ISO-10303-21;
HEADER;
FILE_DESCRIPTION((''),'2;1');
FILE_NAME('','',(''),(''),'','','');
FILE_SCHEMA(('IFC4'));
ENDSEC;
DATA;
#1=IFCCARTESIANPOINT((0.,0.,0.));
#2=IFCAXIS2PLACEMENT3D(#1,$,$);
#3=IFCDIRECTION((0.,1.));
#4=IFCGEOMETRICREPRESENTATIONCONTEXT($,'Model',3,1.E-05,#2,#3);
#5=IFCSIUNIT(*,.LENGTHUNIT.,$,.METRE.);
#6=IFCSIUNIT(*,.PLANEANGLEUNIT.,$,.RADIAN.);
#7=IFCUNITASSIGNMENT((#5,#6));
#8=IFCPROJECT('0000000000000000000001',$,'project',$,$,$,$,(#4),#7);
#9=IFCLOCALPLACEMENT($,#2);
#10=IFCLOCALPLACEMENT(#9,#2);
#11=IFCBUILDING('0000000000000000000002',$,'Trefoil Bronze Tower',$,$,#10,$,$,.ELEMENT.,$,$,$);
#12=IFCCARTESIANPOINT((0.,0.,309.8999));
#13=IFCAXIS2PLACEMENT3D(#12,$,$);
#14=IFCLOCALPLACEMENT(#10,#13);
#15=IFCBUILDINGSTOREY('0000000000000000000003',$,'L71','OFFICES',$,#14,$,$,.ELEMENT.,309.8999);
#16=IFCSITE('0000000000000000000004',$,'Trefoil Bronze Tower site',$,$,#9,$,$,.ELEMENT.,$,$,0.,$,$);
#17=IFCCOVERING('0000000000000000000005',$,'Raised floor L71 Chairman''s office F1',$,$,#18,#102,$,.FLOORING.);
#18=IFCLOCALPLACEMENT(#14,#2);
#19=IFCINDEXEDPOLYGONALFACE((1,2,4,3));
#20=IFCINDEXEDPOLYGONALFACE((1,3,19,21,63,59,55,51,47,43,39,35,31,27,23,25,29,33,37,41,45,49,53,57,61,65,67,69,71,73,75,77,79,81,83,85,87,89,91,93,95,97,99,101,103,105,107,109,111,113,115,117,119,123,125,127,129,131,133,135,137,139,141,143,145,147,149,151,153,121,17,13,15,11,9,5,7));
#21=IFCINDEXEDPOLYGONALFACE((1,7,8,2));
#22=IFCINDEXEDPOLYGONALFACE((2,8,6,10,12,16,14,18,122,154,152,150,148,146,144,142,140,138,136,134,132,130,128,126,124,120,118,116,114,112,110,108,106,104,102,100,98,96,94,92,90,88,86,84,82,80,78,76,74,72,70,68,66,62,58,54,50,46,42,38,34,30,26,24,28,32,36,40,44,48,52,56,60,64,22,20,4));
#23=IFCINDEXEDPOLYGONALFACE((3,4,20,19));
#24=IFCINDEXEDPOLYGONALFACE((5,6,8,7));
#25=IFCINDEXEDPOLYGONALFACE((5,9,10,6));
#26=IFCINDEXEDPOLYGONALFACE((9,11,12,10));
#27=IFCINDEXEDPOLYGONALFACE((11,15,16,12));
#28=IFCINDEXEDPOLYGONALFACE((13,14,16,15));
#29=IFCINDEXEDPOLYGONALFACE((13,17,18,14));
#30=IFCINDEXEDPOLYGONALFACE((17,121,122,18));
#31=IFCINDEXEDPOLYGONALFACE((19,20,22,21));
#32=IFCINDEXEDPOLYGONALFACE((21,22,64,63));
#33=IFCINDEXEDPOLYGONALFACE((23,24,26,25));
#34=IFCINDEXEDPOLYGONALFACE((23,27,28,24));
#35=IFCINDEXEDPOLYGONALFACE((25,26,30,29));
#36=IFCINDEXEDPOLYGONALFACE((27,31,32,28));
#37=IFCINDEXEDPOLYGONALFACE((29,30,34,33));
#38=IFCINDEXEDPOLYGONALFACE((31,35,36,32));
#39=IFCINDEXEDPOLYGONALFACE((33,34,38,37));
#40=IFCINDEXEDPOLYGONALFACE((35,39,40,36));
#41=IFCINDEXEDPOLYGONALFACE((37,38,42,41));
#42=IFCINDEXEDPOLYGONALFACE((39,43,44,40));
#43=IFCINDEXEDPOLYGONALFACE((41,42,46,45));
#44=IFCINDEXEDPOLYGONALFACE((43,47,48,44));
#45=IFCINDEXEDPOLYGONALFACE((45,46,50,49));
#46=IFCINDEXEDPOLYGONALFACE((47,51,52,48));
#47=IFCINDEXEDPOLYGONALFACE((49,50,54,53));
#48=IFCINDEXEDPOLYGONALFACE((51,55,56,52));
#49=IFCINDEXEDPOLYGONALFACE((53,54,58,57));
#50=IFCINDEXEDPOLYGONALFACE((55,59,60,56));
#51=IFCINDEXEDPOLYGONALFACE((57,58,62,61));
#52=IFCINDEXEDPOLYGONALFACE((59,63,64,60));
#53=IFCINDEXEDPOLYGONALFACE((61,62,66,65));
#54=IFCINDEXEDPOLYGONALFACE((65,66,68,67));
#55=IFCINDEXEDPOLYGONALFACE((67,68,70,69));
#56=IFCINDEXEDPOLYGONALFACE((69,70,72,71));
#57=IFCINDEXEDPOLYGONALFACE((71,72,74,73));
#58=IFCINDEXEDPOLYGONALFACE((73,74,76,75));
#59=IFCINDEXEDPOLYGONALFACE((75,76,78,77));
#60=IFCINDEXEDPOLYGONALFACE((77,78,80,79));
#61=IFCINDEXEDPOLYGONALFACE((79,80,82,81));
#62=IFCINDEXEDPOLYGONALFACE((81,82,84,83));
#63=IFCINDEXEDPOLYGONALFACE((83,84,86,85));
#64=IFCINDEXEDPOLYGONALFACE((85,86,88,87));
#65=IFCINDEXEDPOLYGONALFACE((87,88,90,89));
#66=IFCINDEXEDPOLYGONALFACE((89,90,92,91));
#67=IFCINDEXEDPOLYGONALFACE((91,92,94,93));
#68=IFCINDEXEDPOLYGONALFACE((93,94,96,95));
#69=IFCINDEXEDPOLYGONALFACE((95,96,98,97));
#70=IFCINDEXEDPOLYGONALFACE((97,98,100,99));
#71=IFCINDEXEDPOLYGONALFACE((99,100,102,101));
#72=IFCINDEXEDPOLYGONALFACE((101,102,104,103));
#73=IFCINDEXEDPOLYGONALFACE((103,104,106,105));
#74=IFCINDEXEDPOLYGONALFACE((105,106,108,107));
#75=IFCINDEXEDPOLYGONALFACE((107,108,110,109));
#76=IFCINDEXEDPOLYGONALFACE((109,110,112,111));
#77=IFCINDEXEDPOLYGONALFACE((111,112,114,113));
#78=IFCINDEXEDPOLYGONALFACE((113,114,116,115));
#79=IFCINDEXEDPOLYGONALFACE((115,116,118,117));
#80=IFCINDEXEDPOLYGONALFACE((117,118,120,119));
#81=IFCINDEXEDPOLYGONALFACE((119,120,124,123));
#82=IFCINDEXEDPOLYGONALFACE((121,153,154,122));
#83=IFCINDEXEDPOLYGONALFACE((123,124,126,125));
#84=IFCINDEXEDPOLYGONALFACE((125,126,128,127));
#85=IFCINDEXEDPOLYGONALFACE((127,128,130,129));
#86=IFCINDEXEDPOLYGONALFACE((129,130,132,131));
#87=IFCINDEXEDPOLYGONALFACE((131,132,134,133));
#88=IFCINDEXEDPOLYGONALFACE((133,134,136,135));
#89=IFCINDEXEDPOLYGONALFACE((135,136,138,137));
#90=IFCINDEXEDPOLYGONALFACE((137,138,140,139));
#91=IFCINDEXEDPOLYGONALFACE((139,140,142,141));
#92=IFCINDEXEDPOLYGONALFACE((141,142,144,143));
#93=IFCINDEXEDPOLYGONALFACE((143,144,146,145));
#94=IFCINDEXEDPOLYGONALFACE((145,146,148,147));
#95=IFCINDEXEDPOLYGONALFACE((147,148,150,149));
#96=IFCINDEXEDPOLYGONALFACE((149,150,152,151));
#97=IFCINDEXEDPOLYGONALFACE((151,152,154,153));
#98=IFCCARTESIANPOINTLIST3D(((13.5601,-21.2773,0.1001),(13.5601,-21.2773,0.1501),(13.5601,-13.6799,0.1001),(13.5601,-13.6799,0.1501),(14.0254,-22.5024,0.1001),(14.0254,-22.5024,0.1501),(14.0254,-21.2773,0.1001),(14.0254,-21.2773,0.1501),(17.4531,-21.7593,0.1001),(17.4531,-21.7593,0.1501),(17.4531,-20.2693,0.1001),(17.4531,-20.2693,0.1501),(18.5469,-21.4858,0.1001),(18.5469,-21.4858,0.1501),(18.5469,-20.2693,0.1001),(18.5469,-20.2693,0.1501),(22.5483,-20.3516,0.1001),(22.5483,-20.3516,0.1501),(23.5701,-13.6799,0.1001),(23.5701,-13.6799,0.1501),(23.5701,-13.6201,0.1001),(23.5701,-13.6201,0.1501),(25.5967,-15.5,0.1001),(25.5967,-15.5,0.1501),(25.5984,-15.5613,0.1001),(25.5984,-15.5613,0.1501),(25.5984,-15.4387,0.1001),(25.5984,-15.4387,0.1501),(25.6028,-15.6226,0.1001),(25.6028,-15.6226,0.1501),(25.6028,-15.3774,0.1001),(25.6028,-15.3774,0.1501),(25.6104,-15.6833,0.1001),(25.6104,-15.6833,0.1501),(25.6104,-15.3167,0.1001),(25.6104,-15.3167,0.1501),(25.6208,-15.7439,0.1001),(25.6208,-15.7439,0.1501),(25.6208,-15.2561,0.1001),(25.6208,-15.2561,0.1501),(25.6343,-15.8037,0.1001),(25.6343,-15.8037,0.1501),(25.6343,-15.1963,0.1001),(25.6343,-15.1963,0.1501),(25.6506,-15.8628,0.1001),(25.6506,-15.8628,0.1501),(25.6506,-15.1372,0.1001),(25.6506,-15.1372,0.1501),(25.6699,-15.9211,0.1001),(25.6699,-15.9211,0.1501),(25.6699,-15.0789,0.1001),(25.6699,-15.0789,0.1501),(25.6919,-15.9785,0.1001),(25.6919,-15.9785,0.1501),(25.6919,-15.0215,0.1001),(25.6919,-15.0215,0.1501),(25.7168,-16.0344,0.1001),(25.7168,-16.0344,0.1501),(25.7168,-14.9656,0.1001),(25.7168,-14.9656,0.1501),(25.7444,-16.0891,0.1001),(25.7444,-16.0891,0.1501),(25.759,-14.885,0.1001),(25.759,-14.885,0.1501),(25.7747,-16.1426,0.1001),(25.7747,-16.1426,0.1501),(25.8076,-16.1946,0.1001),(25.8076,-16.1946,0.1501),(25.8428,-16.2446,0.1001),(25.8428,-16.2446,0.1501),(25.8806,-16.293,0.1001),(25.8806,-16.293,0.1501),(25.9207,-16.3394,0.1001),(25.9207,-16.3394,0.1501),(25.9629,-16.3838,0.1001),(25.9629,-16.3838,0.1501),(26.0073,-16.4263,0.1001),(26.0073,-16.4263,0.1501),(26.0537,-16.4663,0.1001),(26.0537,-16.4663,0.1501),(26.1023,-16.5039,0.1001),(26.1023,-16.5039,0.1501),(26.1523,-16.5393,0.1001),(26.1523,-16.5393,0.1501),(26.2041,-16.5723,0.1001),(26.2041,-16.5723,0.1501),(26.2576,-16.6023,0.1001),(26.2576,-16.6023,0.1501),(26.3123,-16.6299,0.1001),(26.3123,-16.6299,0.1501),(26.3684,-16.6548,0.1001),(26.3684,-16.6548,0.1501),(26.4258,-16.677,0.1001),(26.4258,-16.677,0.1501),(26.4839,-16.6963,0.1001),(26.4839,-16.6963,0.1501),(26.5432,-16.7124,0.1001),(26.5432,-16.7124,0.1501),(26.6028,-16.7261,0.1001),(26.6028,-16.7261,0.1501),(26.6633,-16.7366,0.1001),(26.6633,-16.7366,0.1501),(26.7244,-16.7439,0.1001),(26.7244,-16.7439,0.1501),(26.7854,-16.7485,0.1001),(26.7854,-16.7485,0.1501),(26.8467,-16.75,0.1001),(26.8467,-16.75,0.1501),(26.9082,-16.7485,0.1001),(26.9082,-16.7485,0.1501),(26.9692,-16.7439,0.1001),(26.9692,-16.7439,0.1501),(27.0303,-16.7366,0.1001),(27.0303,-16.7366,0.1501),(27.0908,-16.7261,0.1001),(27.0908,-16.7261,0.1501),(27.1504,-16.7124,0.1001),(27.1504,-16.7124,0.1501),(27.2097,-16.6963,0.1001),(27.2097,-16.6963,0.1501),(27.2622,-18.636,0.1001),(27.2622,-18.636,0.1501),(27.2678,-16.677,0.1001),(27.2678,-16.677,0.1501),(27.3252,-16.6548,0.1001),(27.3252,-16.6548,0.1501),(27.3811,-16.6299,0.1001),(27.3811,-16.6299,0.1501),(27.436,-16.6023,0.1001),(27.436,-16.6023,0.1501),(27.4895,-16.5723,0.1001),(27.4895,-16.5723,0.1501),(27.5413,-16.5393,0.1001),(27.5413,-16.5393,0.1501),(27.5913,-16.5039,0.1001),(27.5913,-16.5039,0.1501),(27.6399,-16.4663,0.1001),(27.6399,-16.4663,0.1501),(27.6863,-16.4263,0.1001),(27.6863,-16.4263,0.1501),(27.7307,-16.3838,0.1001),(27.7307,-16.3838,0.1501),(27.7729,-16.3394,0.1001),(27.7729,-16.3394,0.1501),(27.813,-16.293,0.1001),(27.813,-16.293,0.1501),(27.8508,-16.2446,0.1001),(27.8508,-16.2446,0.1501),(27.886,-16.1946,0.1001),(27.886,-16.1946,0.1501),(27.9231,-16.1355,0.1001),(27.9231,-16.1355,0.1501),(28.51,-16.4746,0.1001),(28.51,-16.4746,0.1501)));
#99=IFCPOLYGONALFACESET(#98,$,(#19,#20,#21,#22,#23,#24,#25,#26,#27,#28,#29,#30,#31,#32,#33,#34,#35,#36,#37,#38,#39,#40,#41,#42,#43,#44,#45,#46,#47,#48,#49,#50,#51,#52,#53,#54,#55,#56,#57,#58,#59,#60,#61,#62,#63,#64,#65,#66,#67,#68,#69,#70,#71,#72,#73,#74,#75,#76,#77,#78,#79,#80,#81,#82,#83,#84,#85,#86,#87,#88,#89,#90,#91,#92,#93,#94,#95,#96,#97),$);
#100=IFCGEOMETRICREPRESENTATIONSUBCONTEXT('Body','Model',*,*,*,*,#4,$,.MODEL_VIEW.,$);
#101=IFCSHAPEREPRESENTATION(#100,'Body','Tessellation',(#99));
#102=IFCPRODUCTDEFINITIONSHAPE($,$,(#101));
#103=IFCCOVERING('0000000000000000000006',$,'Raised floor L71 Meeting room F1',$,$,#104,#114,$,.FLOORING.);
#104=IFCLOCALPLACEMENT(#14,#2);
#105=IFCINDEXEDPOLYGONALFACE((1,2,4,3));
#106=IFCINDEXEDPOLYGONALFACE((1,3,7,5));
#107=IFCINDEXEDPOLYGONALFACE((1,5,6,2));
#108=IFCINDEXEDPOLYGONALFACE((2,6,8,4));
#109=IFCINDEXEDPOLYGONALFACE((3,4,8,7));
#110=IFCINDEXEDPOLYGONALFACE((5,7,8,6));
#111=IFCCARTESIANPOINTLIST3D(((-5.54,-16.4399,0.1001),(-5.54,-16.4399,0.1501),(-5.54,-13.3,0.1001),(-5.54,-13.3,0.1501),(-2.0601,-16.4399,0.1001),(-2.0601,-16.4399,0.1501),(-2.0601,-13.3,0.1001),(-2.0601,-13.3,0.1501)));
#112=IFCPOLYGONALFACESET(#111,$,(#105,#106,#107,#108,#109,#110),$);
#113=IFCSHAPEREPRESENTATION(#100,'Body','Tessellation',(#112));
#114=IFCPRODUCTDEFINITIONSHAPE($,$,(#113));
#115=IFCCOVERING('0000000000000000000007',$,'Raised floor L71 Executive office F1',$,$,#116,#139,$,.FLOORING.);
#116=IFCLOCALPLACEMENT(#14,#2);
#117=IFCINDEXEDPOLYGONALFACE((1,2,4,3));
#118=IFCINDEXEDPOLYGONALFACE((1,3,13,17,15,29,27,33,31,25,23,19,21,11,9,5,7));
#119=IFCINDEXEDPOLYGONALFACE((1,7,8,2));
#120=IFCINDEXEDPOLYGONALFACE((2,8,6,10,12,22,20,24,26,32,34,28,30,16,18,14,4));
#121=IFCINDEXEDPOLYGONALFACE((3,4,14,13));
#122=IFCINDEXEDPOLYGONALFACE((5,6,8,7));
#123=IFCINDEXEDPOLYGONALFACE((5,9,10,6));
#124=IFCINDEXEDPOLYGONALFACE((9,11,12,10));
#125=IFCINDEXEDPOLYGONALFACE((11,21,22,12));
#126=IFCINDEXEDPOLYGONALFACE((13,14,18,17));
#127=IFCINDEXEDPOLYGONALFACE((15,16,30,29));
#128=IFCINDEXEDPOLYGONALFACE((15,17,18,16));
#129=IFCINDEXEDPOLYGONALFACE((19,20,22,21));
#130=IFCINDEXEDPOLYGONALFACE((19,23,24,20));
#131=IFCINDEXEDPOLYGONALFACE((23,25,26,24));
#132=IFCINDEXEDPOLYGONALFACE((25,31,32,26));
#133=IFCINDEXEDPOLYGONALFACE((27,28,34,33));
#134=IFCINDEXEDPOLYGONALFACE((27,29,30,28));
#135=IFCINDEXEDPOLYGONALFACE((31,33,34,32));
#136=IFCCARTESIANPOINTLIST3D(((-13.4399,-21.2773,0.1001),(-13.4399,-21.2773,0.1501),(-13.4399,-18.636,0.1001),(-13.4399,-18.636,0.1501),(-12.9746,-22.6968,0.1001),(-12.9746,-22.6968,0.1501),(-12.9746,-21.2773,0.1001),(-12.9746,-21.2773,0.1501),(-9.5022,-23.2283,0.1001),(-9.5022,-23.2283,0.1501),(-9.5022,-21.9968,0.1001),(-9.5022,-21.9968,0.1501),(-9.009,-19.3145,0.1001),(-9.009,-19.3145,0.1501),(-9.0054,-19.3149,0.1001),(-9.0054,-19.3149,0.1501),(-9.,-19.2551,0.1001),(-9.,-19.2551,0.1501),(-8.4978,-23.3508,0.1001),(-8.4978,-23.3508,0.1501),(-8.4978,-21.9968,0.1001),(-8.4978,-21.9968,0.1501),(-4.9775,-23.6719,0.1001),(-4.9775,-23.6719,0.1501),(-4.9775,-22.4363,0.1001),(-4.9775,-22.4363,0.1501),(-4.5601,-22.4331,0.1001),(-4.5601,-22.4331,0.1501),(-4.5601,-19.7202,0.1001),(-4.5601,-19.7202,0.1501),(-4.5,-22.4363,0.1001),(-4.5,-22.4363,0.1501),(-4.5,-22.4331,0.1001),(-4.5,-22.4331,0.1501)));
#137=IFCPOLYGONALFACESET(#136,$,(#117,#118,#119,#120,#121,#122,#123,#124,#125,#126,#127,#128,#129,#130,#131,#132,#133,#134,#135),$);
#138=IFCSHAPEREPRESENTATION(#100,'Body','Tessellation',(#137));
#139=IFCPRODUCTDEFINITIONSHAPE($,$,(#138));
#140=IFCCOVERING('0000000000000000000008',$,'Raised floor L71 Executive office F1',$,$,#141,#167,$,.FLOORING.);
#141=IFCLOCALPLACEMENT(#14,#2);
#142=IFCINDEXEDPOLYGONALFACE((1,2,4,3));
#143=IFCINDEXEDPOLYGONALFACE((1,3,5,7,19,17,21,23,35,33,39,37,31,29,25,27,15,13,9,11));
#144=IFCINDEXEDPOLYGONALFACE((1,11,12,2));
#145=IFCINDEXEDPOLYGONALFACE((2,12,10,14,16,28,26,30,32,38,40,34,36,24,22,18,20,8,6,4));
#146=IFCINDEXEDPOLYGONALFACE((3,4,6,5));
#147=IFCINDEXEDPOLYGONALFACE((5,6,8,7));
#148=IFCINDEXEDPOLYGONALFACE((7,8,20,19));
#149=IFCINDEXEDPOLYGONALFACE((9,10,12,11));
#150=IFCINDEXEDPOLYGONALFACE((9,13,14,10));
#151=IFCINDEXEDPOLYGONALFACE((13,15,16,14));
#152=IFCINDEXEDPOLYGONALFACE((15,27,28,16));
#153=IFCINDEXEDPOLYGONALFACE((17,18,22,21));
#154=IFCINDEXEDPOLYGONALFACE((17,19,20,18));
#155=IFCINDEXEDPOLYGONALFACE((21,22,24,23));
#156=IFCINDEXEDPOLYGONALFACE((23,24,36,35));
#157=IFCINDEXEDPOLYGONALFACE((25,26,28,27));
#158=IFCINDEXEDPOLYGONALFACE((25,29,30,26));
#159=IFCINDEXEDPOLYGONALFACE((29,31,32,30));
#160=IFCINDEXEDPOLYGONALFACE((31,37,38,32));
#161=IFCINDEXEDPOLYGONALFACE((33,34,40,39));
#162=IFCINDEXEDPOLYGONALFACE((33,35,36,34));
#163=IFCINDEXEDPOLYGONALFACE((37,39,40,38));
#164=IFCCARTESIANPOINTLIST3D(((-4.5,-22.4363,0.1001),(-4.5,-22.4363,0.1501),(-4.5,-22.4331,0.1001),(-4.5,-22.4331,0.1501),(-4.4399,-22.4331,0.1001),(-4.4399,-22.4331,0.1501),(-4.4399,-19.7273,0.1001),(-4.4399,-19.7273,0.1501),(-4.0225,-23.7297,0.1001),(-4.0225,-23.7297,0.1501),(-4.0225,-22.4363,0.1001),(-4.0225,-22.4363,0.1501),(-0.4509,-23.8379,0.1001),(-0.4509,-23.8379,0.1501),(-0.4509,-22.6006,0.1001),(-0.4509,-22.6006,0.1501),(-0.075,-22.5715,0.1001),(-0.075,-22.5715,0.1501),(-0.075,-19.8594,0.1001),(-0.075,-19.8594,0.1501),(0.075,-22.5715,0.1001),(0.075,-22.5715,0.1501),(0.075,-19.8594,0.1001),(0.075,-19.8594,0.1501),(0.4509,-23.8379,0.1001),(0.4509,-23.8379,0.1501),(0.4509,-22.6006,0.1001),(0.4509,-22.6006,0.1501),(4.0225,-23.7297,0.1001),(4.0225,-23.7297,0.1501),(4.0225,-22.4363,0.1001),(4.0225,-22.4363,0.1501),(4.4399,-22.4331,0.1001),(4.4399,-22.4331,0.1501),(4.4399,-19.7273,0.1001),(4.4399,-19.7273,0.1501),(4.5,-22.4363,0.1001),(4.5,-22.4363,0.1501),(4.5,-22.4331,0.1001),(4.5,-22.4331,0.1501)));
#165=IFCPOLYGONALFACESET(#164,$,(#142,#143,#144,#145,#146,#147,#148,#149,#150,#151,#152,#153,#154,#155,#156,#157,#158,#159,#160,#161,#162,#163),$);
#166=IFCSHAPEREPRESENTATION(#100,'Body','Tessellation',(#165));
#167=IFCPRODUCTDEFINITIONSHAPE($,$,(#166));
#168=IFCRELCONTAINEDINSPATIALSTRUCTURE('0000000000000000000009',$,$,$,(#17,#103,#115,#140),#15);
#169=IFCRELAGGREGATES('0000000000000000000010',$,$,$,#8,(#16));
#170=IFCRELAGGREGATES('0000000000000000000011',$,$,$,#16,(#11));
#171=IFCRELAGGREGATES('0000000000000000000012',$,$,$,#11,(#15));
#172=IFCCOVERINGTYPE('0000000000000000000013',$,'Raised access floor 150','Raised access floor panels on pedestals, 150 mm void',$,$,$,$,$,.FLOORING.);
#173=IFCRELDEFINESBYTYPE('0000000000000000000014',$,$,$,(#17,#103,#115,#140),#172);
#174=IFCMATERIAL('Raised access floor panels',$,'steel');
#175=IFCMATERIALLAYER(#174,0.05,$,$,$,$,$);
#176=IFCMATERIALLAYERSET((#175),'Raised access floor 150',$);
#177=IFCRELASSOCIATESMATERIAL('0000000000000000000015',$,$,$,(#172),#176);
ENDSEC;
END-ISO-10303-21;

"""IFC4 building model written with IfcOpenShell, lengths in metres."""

from ifc_helpers import new_model, si_unit, direction, frame, origin, place, context, subcontext, project, spatial, polyline, outline, extrude, material, layer, layer_set, type_object, element, save


model = new_model("IFC4")

# Units and contexts
model_context = context("Model", 3, precision=1e-05, world=origin(), true_north=direction((0.0, 1.0)))
body_context = subcontext(model_context, "Body", "Model", "MODEL_VIEW")
ifc_project = project(units=[si_unit("LENGTHUNIT", "METRE"), si_unit("PLANEANGLEUNIT", "RADIAN")], contexts=[model_context])

# Site, building, storey
site_placement = place(None, origin())
site = spatial("IfcSite", under=ifc_project, at=site_placement, Name="Trefoil Bronze Tower site", CompositionType="ELEMENT", RefElevation=0.0)
building_placement = place(site_placement, origin())
building = spatial("IfcBuilding", under=site, at=building_placement, Name="Trefoil Bronze Tower", CompositionType="ELEMENT")
storey_placement = place(building_placement, frame((0.0, 0.0, 309.8999)))
storey = spatial("IfcBuildingStorey", under=building, at=storey_placement, Name="L71", Description="OFFICES", CompositionType="ELEMENT", Elevation=309.8999)

# Coverings
ifc_material_1 = material(Name="Raised access floor panels", Category="steel")
ifc_layer_1 = layer(ifc_material_1, 0.05)
ifc_layer_set_1 = layer_set([ifc_layer_1], Name="Raised access floor 150")
covering_type_1 = type_object("IfcCoveringType", Name="Raised access floor 150", Description="Raised access floor panels on pedestals, 150 mm void", PredefinedType="FLOORING", material=ifc_layer_set_1)
covering_1_placement = place(storey_placement, frame((0.0, 0.0, 0.1001)))
element("IfcCovering", 1, at=covering_1_placement, inside=storey, type_object=covering_type_1, Name="Raised floor L71 Chairman's office F1", PredefinedType="FLOORING", context=body_context, shape_type="SweptSolid", body=[
    extrude(outline(polyline([(27.2622, -18.636), (22.5483, -20.3516), (18.5469, -21.4858), (18.5469, -20.2693), (17.4531, -20.2693), (17.4531, -21.7593), (14.0254, -22.5024), (14.0254, -21.2773), (13.5601, -21.2773), (13.5601, -13.6799), (23.5701, -13.6799), (23.5701, -13.6201), (25.759, -14.885), (25.7168, -14.9656), (25.6919, -15.0215), (25.6699, -15.0789), (25.6506, -15.1372), (25.6343, -15.1963), (25.6208, -15.2561), (25.6104, -15.3167), (25.6028, -15.3774), (25.5984, -15.4387), (25.5967, -15.5), (25.5984, -15.5613), (25.6028, -15.6226), (25.6104, -15.6833), (25.6208, -15.7439), (25.6343, -15.8037), (25.6506, -15.8628), (25.6699, -15.9211), (25.6919, -15.9785), (25.7168, -16.0344), (25.7444, -16.0891), (25.7747, -16.1426), (25.8076, -16.1946), (25.8428, -16.2446), (25.8806, -16.293), (25.9207, -16.3394), (25.9629, -16.3838), (26.0073, -16.4263), (26.0537, -16.4663), (26.1023, -16.5039), (26.1523, -16.5393), (26.2041, -16.5723), (26.2576, -16.6023), (26.3123, -16.6299), (26.3684, -16.6548), (26.4258, -16.677), (26.4839, -16.6963), (26.5432, -16.7124), (26.6028, -16.7261), (26.6633, -16.7366), (26.7244, -16.7439), (26.7854, -16.7485), (26.8467, -16.75), (26.9082, -16.7485), (26.9692, -16.7439), (27.0303, -16.7366), (27.0908, -16.7261), (27.1504, -16.7124), (27.2097, -16.6963), (27.2678, -16.677), (27.3252, -16.6548), (27.3811, -16.6299), (27.436, -16.6023), (27.4895, -16.5723), (27.5413, -16.5393), (27.5913, -16.5039), (27.6399, -16.4663), (27.6863, -16.4263), (27.7307, -16.3838), (27.7729, -16.3394), (27.813, -16.293), (27.8508, -16.2446), (27.886, -16.1946), (27.9231, -16.1355), (28.51, -16.4746), (27.2622, -18.636)])), origin(), (0.0, 0.0, 1.0), 0.05),
])
covering_2_placement = place(storey_placement, frame((0.0, 0.0, 0.1001)))
element("IfcCovering", 2, at=covering_2_placement, inside=storey, type_object=covering_type_1, Name="Raised floor L71 Meeting room F1", PredefinedType="FLOORING", context=body_context, shape_type="SweptSolid", body=[
    extrude(outline(polyline([(-2.0601, -13.3), (-2.0601, -16.4399), (-5.54, -16.4399), (-5.54, -13.3), (-2.0601, -13.3)])), origin(), (0.0, 0.0, 1.0), 0.05),
])
covering_3_placement = place(storey_placement, frame((0.0, 0.0, 0.1001)))
element("IfcCovering", 3, at=covering_3_placement, inside=storey, type_object=covering_type_1, Name="Raised floor L71 Executive office F1", PredefinedType="FLOORING", context=body_context, shape_type="SweptSolid", body=[
    extrude(outline(polyline([(-8.4978, -23.3508), (-8.4978, -21.9968), (-9.5022, -21.9968), (-9.5022, -23.2283), (-12.9746, -22.6968), (-12.9746, -21.2773), (-13.4399, -21.2773), (-13.4399, -18.636), (-9.009, -19.3145), (-9.0, -19.2551), (-9.0054, -19.3149), (-4.5601, -19.7202), (-4.5601, -22.4331), (-4.5, -22.4331), (-4.5, -22.4363), (-4.9775, -22.4363), (-4.9775, -23.6719), (-8.4978, -23.3508)])), origin(), (0.0, 0.0, 1.0), 0.05),
])
covering_4_placement = place(storey_placement, frame((0.0, 0.0, 0.1001)))
element("IfcCovering", 4, at=covering_4_placement, inside=storey, type_object=covering_type_1, Name="Raised floor L71 Executive office F1", PredefinedType="FLOORING", context=body_context, shape_type="SweptSolid", body=[
    extrude(outline(polyline([(0.4509, -23.8379), (0.4509, -22.6006), (-0.4509, -22.6006), (-0.4509, -23.8379), (-4.0225, -23.7297), (-4.0225, -22.4363), (-4.5, -22.4363), (-4.5, -22.4331), (-4.4399, -22.4331), (-4.4399, -19.7273), (-0.075, -19.8594), (-0.075, -22.5715), (0.075, -22.5715), (0.075, -19.8594), (4.4399, -19.7273), (4.4399, -22.4331), (4.5, -22.4331), (4.5, -22.4363), (4.0225, -22.4363), (4.0225, -23.7297), (0.4509, -23.8379)])), origin(), (0.0, 0.0, 1.0), 0.05),
])

save(model, "model.ifc")
